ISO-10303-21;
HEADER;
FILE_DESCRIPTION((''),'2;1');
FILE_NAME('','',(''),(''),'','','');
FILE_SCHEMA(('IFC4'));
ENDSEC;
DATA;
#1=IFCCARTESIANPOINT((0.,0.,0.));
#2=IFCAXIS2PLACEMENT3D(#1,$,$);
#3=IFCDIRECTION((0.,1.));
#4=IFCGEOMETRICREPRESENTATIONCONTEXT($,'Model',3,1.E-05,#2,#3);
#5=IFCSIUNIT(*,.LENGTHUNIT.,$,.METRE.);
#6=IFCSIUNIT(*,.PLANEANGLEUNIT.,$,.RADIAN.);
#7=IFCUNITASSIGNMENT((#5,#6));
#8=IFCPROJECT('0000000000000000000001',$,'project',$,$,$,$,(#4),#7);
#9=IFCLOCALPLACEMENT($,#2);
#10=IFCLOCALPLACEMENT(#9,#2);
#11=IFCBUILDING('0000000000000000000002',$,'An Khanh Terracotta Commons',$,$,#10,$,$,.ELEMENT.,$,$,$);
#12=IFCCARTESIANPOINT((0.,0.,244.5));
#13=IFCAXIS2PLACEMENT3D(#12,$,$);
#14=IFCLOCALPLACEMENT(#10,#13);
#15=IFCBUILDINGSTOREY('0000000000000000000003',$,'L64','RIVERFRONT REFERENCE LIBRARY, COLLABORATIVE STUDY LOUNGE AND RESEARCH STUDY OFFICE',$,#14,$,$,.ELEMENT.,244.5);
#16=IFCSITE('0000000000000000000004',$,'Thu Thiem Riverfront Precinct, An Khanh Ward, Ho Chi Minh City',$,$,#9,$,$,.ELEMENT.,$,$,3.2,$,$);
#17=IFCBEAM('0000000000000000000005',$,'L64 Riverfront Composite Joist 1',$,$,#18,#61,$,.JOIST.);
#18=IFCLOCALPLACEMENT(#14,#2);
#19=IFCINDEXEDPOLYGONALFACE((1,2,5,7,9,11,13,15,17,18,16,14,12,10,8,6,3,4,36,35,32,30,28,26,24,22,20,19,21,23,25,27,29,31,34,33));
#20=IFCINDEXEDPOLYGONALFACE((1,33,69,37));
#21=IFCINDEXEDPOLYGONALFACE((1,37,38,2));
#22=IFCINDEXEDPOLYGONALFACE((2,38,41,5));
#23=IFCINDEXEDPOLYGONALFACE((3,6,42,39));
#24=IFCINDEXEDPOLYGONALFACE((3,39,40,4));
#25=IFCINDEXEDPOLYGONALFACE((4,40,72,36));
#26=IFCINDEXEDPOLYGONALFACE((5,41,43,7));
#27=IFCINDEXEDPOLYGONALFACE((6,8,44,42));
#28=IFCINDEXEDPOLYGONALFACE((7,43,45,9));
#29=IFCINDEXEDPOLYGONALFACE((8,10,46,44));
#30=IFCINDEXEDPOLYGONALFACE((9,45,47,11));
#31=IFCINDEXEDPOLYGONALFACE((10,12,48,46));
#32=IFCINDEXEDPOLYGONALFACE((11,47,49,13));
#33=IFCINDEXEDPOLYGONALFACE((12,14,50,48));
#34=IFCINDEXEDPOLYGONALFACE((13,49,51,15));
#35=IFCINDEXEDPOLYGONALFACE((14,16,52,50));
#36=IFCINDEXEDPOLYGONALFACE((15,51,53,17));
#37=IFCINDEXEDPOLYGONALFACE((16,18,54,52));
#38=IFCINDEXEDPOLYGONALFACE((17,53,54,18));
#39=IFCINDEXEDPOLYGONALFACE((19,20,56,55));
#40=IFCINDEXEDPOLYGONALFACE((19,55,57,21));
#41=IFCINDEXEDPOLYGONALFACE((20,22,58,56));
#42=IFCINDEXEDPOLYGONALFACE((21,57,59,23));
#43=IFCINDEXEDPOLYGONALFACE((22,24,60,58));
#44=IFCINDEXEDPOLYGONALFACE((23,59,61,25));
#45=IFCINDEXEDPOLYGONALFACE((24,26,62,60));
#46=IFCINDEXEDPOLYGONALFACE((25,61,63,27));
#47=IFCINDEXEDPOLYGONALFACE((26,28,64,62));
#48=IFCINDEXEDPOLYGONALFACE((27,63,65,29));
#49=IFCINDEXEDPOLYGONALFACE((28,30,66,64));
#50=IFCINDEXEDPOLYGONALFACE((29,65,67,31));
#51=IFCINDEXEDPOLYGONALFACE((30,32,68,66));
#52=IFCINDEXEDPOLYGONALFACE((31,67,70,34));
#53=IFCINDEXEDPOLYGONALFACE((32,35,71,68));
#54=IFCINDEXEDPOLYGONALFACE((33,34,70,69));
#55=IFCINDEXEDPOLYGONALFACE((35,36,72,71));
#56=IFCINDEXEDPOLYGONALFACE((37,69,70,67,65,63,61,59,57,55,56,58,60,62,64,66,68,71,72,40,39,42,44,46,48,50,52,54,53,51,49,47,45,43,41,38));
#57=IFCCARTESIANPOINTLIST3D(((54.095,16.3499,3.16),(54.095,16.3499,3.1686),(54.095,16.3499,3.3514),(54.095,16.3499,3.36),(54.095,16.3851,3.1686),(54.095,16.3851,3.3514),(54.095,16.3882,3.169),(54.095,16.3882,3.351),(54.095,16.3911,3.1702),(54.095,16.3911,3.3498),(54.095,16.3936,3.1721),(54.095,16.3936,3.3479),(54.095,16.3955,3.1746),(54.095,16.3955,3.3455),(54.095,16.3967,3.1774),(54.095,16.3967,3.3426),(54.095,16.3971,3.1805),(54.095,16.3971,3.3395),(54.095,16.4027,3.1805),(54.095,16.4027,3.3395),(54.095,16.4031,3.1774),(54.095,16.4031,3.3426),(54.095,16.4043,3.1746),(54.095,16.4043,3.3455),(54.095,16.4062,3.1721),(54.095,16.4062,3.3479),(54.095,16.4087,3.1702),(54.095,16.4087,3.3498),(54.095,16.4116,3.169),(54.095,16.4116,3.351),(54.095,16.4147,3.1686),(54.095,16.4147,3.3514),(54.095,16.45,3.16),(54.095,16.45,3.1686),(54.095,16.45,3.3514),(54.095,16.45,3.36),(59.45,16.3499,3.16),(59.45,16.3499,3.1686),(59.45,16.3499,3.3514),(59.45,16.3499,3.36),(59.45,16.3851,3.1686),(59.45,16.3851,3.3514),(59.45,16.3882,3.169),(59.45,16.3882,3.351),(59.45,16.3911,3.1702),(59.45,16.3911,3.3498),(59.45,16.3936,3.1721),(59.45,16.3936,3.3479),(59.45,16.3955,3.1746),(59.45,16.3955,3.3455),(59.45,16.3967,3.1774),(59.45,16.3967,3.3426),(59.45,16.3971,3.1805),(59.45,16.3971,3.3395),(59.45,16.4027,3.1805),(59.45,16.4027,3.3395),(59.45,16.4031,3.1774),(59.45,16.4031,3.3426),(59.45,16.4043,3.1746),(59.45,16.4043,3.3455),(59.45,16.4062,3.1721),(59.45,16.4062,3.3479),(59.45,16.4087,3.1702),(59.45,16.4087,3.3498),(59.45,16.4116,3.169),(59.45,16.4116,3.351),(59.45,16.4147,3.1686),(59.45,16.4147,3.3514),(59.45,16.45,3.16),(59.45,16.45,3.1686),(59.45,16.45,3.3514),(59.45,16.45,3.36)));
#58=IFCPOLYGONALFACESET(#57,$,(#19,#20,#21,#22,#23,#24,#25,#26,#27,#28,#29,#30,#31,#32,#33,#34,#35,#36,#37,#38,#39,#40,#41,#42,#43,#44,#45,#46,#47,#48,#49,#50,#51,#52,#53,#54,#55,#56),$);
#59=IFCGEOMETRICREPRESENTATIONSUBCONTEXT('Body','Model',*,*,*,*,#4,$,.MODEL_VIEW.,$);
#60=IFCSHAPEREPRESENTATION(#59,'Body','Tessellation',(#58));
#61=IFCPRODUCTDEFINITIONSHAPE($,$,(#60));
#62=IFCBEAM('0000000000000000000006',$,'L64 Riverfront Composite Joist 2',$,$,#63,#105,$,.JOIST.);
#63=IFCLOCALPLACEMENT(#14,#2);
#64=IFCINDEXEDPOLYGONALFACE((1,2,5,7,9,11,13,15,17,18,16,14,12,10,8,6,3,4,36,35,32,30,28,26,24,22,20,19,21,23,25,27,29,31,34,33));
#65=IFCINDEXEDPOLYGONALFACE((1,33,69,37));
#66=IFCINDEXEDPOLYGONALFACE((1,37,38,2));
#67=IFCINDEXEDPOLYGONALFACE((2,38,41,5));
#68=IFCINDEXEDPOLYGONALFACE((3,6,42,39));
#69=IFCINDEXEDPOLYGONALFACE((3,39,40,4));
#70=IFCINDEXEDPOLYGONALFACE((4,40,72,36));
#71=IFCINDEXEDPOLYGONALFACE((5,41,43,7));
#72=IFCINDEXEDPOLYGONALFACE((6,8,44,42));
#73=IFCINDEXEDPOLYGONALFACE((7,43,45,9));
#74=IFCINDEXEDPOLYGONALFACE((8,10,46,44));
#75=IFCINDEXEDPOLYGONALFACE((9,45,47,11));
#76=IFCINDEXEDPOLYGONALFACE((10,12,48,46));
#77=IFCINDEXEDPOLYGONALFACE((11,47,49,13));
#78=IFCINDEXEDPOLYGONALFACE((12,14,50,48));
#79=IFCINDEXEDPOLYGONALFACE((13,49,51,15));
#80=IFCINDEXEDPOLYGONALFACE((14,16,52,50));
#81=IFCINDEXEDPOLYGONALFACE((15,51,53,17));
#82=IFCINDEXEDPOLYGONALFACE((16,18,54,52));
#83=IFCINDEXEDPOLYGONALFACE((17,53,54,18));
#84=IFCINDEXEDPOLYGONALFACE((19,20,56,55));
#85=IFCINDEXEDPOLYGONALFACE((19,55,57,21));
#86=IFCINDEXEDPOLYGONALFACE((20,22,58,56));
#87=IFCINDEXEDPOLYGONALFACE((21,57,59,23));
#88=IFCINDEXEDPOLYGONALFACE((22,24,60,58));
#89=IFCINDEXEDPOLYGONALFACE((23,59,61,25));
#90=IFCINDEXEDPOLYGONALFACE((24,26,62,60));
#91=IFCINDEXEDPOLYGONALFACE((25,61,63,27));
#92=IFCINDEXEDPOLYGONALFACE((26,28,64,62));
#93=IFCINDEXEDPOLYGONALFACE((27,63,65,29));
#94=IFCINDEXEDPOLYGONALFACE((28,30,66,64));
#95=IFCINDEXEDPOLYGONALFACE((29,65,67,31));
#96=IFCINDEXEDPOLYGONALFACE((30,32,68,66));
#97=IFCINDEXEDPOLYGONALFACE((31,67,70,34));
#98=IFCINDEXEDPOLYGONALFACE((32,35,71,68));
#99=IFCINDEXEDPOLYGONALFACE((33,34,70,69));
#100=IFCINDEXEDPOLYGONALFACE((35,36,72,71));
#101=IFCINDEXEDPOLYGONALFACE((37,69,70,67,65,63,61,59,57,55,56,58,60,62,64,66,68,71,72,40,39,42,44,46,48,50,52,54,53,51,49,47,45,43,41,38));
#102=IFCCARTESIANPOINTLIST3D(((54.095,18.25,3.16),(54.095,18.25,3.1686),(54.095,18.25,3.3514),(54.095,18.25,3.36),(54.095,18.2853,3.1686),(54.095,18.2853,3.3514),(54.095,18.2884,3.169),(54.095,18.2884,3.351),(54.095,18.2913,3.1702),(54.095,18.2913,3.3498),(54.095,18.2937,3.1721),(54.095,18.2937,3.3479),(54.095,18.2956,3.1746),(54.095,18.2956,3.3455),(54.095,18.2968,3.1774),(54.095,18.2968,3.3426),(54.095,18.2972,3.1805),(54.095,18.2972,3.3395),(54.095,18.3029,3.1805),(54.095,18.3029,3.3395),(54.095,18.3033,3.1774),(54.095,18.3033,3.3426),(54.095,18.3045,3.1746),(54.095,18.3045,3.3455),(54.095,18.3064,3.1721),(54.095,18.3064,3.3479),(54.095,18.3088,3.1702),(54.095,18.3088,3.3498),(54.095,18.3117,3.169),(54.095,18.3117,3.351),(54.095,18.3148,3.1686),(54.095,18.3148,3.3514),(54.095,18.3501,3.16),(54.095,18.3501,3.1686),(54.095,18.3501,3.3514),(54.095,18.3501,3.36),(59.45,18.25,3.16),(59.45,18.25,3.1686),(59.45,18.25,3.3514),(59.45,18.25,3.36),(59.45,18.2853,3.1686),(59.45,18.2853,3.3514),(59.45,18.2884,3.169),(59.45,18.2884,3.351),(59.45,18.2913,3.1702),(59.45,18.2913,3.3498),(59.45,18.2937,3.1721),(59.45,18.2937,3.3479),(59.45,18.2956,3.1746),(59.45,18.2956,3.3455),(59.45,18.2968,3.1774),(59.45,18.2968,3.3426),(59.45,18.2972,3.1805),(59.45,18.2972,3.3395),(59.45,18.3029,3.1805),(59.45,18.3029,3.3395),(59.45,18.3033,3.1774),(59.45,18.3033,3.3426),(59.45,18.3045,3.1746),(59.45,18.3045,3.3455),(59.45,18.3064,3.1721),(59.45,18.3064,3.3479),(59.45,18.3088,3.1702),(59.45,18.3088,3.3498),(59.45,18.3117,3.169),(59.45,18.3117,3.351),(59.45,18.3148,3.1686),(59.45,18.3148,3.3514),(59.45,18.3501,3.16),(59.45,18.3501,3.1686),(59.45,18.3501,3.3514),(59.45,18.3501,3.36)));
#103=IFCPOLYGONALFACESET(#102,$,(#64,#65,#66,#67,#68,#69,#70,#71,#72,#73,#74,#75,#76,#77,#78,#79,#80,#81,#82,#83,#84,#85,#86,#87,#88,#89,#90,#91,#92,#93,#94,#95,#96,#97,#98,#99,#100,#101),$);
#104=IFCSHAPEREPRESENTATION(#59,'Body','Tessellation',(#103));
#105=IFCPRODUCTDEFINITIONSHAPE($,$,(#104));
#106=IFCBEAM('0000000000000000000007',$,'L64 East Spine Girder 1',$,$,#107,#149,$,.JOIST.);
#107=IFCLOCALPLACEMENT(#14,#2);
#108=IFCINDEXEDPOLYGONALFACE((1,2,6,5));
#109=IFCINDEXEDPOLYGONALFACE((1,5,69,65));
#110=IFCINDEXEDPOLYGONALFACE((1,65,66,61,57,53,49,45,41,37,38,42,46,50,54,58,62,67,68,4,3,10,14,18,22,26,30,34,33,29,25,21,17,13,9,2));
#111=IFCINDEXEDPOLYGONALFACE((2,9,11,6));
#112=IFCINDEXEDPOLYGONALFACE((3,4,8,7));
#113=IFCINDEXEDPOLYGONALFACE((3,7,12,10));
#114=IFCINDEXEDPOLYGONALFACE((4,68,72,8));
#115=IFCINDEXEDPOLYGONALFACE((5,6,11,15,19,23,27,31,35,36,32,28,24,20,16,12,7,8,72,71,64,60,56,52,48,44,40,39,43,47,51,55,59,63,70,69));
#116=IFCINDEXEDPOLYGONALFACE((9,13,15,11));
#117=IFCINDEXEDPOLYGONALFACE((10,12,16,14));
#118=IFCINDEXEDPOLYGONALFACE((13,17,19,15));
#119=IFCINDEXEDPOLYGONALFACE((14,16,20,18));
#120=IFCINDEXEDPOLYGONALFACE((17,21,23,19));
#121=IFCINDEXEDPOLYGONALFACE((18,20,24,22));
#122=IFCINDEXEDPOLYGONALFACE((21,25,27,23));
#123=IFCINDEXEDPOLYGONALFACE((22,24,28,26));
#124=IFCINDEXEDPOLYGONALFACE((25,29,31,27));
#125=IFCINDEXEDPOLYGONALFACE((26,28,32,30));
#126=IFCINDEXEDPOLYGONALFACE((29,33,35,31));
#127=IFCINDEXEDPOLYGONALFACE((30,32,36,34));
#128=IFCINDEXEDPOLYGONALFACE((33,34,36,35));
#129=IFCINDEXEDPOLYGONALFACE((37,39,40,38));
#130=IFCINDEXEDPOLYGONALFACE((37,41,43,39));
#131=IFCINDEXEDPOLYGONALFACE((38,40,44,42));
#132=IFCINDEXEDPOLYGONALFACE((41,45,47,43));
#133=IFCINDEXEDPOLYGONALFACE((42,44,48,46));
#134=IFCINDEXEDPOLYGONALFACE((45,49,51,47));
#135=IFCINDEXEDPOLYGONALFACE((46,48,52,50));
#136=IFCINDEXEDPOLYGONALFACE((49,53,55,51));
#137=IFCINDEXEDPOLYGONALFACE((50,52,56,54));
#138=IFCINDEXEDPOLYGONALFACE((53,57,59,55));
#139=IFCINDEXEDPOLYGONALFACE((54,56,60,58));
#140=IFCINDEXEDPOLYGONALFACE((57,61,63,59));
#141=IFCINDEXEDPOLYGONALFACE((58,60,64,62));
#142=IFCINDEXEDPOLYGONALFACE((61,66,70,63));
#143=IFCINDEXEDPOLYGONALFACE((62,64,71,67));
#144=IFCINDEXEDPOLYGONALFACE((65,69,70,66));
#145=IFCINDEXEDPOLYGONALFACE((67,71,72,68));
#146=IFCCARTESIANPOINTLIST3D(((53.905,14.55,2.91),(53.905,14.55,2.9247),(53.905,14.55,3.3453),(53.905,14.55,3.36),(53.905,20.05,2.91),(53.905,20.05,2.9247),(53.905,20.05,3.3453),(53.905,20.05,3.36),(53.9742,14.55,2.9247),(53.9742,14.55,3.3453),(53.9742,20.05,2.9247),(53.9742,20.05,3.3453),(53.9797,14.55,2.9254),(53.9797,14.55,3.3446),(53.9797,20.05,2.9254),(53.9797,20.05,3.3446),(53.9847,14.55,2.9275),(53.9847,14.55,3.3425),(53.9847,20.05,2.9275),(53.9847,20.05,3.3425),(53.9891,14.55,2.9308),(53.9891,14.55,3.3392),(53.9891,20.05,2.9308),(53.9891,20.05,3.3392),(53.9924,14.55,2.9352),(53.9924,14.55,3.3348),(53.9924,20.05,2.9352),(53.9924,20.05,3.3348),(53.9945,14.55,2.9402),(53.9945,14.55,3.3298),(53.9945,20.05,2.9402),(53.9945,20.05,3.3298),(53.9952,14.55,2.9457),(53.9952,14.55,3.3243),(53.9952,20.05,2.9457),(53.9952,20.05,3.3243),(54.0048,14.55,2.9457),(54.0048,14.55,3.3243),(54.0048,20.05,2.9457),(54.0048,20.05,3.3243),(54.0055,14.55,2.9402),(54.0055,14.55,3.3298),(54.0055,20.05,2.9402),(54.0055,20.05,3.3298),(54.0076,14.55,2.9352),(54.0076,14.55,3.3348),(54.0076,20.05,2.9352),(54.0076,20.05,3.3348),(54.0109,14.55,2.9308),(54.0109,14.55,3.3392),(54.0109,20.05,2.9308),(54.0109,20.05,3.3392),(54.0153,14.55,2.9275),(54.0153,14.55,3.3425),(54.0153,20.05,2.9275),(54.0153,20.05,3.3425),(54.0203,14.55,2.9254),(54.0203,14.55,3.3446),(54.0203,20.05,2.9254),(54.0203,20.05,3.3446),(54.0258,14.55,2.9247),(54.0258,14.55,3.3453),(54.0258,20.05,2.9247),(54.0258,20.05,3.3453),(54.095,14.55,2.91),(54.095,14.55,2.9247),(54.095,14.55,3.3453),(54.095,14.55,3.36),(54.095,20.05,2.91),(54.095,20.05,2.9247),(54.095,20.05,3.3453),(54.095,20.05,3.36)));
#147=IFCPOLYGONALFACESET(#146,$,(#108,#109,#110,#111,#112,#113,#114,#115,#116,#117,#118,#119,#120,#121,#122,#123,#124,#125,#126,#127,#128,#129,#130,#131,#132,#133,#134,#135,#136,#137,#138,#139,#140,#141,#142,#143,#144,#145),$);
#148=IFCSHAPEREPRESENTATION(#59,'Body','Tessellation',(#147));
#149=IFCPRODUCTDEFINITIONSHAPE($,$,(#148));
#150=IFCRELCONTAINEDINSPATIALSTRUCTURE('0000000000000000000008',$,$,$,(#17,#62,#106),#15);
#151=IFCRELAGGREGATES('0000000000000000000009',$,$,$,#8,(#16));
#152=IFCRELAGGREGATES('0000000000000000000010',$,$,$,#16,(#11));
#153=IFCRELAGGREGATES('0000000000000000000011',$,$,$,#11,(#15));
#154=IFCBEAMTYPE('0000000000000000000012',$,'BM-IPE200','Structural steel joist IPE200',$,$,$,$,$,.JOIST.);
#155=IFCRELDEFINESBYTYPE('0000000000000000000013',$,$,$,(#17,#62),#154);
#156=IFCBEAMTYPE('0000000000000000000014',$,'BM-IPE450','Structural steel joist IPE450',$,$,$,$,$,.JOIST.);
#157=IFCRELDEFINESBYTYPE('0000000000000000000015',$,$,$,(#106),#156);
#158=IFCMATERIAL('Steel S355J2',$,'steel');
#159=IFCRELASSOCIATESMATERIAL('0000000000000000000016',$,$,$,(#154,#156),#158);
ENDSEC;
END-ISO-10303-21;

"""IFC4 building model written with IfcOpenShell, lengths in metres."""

from ifc_helpers import new_model, si_unit, direction, frame, origin, origin_2d, place, context, subcontext, project, spatial, i_section, extrude, material, material_profile, profile_set, type_object, element, save


model = new_model("IFC4")

# Units and contexts
model_context = context("Model", 3, precision=1e-05, world=origin(), true_north=direction((0.0, 1.0)))
body_context = subcontext(model_context, "Body", "Model", "MODEL_VIEW")
ifc_project = project(units=[si_unit("LENGTHUNIT", "METRE"), si_unit("PLANEANGLEUNIT", "RADIAN")], contexts=[model_context])

# Site, building, storey
site_placement = place(None, origin())
site = spatial("IfcSite", under=ifc_project, at=site_placement, Name="Thu Thiem Riverfront Precinct, An Khanh Ward, Ho Chi Minh City", CompositionType="ELEMENT", RefElevation=3.2)
building_placement = place(site_placement, origin())
building = spatial("IfcBuilding", under=site, at=building_placement, Name="An Khanh Terracotta Commons", CompositionType="ELEMENT")
storey_placement = place(building_placement, frame((0.0, 0.0, 244.5)))
storey = spatial("IfcBuildingStorey", under=building, at=storey_placement, Name="L64", Description="RIVERFRONT REFERENCE LIBRARY, COLLABORATIVE STUDY LOUNGE AND RESEARCH STUDY OFFICE", CompositionType="ELEMENT", Elevation=244.5)

# Beams
ifc_material_1 = material(Name="Steel S355J2", Category="steel")
ifc_material_profile_1 = material_profile(ifc_material_1, i_section(OverallWidth=0.1001, OverallDepth=0.2, WebThickness=0.0056, FlangeThickness=0.0085, FilletRadius=0.012, at=origin_2d()), Name="IPE200")
ifc_profile_set_1 = profile_set([ifc_material_profile_1], Name="Steel S355J2")
beam_type_1 = type_object("IfcBeamType", Name="BM-IPE200", Description="Structural steel joist IPE200", PredefinedType="JOIST", material=ifc_profile_set_1)
for number, where, z_axis, x_axis, name in (
    (1, (54.095, 16.3999, 3.26), (1.0, 0.0, 0.0), (0.0, 1.0, 0.0), "L64 Riverfront Composite Joist 1"),
    (2, (54.095, 18.3, 3.26), (1.0, 0.0, 0.0), (0.0, 1.0, 0.0), "L64 Riverfront Composite Joist 2"),
):
    element("IfcBeam", number, at=place(storey_placement, frame(where, z_axis=z_axis, x_axis=x_axis)), inside=storey, type_object=beam_type_1, Name=name, PredefinedType="JOIST", context=body_context, shape_type="SweptSolid", body=[
        extrude(i_section(OverallWidth=0.1001, OverallDepth=0.2, WebThickness=0.0056, FlangeThickness=0.0085, FilletRadius=0.012, at=origin_2d()), origin(), (0.0, 0.0, 1.0), 5.355),
    ])
ifc_material_profile_2 = material_profile(ifc_material_1, i_section(OverallWidth=0.1899, OverallDepth=0.45, WebThickness=0.0095, FlangeThickness=0.0146, FilletRadius=0.021, at=origin_2d()), Name="IPE450")
ifc_profile_set_2 = profile_set([ifc_material_profile_2], Name="Steel S355J2")
beam_type_2 = type_object("IfcBeamType", Name="BM-IPE450", Description="Structural steel joist IPE450", PredefinedType="JOIST", material=ifc_profile_set_2)
beam_1_placement = place(storey_placement, frame((54.0, 14.55, 3.135), z_axis=(0.0, 1.0, 0.0), x_axis=(-1.0, 0.0, 0.0)))
element("IfcBeam", 3, at=beam_1_placement, inside=storey, type_object=beam_type_2, Name="L64 East Spine Girder 1", PredefinedType="JOIST", context=body_context, shape_type="SweptSolid", body=[
    extrude(i_section(OverallWidth=0.1899, OverallDepth=0.45, WebThickness=0.0095, FlangeThickness=0.0146, FilletRadius=0.021, at=origin_2d()), origin(), (0.0, 0.0, 1.0), 5.5),
])

save(model, "model.ifc")
